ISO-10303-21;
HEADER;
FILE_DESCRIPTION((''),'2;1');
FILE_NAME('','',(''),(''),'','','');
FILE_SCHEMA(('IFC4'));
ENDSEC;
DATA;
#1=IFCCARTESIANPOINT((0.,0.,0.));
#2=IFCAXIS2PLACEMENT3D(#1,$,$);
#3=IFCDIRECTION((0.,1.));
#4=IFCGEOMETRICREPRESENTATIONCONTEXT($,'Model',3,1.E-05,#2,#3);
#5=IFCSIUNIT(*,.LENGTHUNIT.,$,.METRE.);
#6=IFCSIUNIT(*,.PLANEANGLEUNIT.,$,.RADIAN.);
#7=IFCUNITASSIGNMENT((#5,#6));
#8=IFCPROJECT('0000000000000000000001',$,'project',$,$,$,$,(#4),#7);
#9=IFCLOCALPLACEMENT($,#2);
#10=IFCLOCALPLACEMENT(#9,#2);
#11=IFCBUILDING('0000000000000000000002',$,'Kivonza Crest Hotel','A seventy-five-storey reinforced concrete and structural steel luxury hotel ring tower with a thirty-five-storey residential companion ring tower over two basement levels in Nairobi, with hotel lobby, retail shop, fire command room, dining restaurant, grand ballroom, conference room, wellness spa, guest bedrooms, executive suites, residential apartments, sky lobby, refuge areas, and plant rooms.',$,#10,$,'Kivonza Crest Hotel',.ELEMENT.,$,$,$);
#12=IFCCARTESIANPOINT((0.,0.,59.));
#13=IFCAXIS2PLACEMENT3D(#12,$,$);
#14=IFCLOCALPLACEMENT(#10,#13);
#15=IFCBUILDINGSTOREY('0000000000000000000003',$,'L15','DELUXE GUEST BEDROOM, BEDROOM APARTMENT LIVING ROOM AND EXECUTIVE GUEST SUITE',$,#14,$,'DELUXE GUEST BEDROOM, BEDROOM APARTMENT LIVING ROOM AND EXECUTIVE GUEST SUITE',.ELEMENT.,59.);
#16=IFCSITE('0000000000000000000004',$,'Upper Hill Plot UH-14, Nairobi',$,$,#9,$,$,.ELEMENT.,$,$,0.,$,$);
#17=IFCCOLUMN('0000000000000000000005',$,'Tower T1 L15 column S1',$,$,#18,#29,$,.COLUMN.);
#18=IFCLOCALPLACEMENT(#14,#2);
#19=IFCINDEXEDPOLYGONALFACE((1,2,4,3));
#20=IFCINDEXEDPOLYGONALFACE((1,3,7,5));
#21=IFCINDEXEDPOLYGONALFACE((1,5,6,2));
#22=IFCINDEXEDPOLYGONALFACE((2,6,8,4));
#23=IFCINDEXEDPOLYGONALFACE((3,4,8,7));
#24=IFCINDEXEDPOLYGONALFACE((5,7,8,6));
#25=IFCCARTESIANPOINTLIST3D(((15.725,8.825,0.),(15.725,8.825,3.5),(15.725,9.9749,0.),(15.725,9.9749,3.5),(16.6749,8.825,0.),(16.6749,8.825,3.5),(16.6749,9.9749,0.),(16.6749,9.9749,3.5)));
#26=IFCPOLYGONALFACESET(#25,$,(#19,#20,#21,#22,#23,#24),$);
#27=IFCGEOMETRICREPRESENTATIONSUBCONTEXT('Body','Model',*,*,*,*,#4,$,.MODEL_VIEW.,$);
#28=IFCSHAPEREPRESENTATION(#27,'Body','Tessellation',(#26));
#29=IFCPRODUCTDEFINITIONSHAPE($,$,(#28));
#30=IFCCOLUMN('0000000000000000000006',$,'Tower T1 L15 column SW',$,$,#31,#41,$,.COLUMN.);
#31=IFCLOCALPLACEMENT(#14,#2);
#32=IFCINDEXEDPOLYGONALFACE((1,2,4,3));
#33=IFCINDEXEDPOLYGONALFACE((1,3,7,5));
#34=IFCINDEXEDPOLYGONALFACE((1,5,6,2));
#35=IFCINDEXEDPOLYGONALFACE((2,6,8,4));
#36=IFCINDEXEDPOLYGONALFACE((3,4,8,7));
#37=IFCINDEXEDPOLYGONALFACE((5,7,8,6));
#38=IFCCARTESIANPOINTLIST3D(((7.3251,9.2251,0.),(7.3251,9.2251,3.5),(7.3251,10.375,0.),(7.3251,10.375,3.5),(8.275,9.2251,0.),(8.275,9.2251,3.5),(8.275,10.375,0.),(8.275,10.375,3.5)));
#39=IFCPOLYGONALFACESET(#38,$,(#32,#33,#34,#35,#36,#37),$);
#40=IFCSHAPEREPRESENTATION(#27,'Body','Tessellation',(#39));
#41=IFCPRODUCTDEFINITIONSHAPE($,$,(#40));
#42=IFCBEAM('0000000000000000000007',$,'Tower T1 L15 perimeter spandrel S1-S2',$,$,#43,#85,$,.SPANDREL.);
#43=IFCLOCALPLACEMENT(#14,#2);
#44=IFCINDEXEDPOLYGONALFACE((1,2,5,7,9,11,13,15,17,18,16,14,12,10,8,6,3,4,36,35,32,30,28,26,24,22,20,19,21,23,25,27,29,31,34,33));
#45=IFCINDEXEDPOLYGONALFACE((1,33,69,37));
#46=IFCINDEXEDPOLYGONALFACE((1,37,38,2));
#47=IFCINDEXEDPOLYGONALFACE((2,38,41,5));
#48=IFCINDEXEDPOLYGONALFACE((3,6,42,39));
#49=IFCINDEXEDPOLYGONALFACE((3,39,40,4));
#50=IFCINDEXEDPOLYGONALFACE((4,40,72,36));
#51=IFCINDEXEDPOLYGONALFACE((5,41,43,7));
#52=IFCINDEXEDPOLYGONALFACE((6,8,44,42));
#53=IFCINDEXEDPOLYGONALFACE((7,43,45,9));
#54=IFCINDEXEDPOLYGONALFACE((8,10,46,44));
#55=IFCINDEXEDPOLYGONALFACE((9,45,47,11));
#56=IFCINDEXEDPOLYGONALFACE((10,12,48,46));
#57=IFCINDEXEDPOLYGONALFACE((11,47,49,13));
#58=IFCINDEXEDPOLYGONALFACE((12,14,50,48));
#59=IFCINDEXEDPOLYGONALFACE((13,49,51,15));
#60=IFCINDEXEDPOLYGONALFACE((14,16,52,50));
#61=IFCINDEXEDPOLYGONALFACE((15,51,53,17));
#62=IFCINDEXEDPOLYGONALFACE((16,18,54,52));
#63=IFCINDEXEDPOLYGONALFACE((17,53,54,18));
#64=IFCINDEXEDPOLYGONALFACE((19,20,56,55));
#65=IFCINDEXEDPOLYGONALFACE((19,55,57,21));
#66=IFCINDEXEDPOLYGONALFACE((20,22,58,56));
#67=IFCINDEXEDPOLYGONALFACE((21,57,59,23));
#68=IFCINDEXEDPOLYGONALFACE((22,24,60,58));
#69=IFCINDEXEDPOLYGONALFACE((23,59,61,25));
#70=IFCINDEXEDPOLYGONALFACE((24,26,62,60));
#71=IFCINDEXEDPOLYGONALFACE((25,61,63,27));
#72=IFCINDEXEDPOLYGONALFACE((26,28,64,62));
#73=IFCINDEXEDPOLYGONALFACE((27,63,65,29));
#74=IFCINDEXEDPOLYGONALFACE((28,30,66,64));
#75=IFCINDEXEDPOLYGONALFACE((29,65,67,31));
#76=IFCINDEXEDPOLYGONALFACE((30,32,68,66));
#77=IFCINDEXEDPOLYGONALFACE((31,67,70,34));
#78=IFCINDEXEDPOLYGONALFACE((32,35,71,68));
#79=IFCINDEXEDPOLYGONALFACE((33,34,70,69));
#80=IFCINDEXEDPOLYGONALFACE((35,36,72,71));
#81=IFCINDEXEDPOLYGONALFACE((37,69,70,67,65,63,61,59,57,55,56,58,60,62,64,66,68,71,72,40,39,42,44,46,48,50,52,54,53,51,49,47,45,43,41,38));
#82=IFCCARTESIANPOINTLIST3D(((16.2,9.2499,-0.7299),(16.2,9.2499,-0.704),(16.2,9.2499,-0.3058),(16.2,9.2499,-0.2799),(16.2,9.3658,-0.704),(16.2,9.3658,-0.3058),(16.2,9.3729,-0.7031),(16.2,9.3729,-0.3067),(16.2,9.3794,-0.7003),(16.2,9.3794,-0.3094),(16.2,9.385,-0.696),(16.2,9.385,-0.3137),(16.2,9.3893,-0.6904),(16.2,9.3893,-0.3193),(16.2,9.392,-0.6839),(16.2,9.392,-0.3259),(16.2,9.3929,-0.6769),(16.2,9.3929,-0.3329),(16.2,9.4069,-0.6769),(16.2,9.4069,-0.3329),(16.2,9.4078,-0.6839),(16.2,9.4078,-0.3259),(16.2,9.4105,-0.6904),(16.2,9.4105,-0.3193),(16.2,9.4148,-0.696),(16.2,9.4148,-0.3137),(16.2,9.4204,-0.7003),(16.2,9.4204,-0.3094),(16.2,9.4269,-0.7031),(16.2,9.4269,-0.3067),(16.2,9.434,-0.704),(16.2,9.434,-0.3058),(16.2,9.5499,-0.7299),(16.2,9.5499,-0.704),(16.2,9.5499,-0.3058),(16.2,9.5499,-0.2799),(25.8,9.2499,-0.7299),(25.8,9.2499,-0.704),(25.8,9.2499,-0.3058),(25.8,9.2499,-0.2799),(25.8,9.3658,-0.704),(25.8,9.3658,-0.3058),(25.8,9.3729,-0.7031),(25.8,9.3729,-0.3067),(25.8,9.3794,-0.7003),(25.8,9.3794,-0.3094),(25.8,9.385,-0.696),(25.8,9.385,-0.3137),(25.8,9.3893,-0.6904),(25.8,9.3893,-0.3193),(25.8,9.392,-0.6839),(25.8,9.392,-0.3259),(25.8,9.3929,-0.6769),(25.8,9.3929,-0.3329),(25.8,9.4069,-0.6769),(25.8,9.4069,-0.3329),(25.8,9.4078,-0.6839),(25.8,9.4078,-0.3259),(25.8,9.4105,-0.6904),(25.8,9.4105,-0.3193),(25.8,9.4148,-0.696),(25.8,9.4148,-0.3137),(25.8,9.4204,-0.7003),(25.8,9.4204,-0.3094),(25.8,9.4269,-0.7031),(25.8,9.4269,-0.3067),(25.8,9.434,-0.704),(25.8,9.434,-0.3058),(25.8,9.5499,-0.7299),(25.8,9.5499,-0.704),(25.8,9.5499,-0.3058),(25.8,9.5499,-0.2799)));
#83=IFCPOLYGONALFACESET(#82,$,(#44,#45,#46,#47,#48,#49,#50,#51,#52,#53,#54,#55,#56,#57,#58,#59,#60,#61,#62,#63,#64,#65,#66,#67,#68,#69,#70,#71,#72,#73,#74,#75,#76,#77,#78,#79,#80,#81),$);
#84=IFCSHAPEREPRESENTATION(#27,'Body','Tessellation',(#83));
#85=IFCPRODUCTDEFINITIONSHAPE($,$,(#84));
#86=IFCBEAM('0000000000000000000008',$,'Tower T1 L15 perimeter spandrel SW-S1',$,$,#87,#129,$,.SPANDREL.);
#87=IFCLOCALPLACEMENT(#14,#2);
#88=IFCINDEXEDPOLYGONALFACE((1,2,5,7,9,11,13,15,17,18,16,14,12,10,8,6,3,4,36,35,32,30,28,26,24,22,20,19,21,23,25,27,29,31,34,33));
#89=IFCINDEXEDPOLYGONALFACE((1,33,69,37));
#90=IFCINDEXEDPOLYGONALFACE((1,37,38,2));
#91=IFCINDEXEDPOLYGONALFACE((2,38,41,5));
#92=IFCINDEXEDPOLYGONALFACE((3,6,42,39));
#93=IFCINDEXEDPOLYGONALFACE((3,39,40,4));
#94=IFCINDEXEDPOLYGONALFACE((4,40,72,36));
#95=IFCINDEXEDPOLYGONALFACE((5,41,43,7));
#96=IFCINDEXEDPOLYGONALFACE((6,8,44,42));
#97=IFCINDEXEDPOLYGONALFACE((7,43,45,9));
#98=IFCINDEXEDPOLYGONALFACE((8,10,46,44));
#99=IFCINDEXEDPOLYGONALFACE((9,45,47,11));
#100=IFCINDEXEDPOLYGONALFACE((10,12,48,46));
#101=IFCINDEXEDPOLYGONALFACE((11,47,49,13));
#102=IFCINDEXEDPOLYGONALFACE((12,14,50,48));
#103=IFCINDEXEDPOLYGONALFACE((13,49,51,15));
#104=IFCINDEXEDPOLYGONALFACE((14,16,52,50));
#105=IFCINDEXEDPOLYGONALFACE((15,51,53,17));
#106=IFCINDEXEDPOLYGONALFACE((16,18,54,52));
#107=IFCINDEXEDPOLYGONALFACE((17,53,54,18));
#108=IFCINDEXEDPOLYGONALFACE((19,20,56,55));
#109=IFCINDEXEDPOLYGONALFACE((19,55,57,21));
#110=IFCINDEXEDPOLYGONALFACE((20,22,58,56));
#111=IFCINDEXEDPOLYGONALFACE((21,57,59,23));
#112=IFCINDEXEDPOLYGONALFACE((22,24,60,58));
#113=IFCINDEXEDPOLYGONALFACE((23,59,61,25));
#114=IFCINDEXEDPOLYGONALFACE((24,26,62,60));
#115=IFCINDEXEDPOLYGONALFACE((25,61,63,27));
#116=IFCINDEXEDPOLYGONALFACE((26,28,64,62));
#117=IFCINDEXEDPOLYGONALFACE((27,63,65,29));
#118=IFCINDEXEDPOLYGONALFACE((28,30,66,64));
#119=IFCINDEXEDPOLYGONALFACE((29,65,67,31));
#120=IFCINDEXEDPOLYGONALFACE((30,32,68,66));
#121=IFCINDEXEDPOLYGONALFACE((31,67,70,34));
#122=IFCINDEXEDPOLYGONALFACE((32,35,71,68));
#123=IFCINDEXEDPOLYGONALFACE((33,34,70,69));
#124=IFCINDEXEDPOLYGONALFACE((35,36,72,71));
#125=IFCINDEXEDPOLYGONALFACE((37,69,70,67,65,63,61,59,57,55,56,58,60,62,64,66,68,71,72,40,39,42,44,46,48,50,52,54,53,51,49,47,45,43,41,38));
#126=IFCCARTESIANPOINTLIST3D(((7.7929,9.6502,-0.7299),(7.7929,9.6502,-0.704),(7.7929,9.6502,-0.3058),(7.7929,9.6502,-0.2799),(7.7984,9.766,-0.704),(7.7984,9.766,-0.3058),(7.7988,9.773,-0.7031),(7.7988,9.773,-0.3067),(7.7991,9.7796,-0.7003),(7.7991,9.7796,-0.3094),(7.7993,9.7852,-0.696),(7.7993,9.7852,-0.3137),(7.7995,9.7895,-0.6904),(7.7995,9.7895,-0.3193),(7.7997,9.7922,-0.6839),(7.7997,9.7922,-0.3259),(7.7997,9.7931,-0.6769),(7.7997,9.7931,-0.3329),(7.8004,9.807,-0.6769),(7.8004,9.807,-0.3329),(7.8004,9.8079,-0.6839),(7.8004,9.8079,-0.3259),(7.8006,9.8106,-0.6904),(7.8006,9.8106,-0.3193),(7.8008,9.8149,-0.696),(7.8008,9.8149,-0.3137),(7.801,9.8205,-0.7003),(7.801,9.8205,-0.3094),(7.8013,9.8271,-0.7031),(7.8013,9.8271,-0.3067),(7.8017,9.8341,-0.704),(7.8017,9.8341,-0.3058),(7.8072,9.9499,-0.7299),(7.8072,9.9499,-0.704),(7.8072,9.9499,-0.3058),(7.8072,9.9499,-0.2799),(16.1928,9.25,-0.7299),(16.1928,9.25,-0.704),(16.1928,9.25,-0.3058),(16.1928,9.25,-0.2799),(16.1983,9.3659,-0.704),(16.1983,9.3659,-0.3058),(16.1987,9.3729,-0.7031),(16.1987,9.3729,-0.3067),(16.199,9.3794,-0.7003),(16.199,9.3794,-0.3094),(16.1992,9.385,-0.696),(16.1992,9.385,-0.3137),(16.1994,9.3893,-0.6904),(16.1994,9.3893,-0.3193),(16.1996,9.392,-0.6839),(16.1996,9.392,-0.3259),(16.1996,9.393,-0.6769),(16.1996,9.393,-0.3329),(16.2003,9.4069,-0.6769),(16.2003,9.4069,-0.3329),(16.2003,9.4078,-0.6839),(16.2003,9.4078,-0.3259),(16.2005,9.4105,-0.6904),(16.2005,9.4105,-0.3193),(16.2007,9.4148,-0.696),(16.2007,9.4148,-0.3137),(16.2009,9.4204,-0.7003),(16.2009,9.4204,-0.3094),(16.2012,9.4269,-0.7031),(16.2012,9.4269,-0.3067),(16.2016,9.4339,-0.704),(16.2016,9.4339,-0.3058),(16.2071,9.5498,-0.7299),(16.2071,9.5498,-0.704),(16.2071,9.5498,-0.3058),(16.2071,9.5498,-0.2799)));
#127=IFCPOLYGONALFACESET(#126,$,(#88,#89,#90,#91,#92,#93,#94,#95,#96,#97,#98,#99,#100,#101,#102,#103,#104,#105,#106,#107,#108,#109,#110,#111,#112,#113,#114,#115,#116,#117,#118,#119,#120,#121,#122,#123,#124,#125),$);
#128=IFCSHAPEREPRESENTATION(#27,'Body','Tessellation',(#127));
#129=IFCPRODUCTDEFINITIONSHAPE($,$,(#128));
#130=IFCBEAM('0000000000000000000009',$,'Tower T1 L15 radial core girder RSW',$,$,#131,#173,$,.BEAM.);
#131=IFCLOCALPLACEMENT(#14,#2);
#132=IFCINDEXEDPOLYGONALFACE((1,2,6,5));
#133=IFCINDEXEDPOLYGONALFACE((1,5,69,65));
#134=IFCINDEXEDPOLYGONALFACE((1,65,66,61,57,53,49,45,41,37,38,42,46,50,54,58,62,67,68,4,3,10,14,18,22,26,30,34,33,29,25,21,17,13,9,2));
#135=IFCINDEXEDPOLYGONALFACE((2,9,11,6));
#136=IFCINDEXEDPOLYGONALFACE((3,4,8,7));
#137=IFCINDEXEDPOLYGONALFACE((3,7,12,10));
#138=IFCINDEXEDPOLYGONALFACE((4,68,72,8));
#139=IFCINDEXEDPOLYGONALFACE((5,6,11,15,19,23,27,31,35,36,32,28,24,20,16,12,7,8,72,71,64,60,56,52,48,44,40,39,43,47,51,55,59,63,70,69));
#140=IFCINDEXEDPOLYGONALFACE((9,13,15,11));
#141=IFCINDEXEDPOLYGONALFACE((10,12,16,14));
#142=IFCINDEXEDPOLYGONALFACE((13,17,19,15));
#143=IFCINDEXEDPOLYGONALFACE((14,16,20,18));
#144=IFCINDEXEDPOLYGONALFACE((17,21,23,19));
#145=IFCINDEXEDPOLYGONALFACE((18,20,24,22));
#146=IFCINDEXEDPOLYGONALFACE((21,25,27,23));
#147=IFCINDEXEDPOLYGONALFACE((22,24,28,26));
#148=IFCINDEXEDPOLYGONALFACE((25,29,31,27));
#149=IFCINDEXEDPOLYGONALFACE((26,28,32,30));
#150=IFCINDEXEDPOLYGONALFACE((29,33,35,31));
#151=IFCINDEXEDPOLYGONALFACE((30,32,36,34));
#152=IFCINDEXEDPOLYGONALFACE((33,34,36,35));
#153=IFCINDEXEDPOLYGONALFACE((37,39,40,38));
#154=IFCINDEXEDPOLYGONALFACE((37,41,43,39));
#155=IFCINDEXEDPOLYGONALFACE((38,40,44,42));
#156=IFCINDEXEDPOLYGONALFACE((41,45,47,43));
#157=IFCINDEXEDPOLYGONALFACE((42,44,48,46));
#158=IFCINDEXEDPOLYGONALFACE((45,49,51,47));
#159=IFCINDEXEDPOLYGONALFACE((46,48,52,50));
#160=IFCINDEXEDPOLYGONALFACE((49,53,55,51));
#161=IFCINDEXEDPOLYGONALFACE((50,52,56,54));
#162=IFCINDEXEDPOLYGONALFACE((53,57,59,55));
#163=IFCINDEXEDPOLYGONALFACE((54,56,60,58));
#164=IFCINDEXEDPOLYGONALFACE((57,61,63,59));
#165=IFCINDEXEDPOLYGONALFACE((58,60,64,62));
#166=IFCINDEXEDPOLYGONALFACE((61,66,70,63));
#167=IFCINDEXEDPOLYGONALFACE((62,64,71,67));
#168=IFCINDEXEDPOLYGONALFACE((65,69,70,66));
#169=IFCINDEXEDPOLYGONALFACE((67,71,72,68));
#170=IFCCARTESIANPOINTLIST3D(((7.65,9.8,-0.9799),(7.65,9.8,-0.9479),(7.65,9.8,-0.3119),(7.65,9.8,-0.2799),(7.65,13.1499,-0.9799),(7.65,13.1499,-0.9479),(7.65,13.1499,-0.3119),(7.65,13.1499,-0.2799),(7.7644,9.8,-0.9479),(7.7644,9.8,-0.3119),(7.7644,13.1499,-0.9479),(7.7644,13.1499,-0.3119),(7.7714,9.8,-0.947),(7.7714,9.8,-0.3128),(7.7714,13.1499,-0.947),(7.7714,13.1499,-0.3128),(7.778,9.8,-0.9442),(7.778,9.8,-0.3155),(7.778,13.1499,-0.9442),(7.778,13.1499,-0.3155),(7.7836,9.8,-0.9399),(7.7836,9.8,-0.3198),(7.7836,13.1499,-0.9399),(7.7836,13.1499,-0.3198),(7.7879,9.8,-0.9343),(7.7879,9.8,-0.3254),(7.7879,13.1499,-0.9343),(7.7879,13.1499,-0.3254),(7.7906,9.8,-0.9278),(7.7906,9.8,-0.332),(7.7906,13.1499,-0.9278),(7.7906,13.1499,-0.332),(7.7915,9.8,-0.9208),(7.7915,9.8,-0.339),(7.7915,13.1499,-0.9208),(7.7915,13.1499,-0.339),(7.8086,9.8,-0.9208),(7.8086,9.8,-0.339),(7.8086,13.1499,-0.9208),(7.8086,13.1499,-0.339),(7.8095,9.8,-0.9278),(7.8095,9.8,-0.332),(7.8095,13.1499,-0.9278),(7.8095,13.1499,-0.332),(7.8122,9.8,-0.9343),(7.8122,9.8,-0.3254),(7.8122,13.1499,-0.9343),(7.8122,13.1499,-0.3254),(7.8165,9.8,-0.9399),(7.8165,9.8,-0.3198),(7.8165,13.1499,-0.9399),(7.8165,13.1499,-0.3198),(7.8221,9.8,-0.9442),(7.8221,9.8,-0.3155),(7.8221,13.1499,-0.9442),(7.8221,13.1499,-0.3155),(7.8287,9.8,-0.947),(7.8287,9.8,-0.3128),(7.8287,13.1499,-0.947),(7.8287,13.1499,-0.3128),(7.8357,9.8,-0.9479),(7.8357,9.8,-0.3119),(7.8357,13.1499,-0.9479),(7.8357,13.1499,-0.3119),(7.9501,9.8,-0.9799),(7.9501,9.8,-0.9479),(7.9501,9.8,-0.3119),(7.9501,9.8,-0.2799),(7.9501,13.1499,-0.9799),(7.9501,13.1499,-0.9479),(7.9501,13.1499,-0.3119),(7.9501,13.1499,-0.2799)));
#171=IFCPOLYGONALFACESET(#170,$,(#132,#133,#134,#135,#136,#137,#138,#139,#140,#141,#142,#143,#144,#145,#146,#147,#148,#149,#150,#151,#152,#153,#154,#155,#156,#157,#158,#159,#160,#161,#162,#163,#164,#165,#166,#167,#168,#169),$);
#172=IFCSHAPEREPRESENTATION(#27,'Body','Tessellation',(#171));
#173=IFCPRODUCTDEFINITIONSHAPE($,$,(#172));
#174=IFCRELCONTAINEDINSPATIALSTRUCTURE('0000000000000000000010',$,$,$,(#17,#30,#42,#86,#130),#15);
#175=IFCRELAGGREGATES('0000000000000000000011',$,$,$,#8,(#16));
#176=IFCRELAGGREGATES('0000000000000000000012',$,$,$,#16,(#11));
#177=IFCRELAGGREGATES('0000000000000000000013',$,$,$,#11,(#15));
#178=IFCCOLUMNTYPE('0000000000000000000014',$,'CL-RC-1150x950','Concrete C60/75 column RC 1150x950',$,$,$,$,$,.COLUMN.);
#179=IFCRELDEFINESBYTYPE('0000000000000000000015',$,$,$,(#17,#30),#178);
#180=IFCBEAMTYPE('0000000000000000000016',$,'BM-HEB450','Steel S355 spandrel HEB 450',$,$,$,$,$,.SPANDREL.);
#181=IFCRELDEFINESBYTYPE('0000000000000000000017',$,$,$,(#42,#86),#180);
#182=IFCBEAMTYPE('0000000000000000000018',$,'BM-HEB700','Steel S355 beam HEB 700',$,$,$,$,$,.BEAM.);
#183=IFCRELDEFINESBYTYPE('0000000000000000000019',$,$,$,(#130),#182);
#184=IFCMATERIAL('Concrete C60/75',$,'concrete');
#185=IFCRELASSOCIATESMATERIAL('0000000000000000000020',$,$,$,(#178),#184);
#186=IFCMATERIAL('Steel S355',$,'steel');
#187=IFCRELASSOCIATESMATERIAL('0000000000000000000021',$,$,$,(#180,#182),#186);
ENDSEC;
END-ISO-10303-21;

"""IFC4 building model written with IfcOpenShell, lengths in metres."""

from ifc_helpers import new_model, si_unit, direction, frame, origin, origin_2d, place, context, subcontext, project, spatial, rectangle, i_section, extrude, material, material_profile, profile_set, type_object, element, save


model = new_model("IFC4")

# Units and contexts
model_context = context("Model", 3, precision=1e-05, world=origin(), true_north=direction((0.0, 1.0)))
body_context = subcontext(model_context, "Body", "Model", "MODEL_VIEW")
ifc_project = project(units=[si_unit("LENGTHUNIT", "METRE"), si_unit("PLANEANGLEUNIT", "RADIAN")], contexts=[model_context])

# Site, building, storey
site_placement = place(None, origin())
site = spatial("IfcSite", under=ifc_project, at=site_placement, Name="Upper Hill Plot UH-14, Nairobi", CompositionType="ELEMENT", RefElevation=0.0)
building_placement = place(site_placement, origin())
building = spatial("IfcBuilding", under=site, at=building_placement, Name="Kivonza Crest Hotel", Description="A seventy-five-storey reinforced concrete and structural steel luxury hotel ring tower with a thirty-five-storey residential companion ring tower over two basement levels in Nairobi, with hotel lobby, retail shop, fire command room, dining restaurant, grand ballroom, conference room, wellness spa, guest bedrooms, executive suites, residential apartments, sky lobby, refuge areas, and plant rooms.", LongName="Kivonza Crest Hotel", CompositionType="ELEMENT")
storey_placement = place(building_placement, frame((0.0, 0.0, 59.0)))
storey = spatial("IfcBuildingStorey", under=building, at=storey_placement, Name="L15", Description="DELUXE GUEST BEDROOM, BEDROOM APARTMENT LIVING ROOM AND EXECUTIVE GUEST SUITE", LongName="DELUXE GUEST BEDROOM, BEDROOM APARTMENT LIVING ROOM AND EXECUTIVE GUEST SUITE", CompositionType="ELEMENT", Elevation=59.0)

# Columns
ifc_material_1 = material(Name="Concrete C60/75", Category="concrete")
ifc_material_profile_1 = material_profile(ifc_material_1, rectangle(XDim=0.95, YDim=1.1499, at=origin_2d()), Name="RC 1150x950")
ifc_profile_set_1 = profile_set([ifc_material_profile_1], Name="Concrete C60/75")
column_type = type_object("IfcColumnType", Name="CL-RC-1150x950", Description="Concrete C60/75 column RC 1150x950", PredefinedType="COLUMN", material=ifc_profile_set_1)
for number, where, z_axis, x_axis, name in (
    (1, (16.2, 9.3999, 0.0), (0.0, 0.0, 1.0), (1.0, 0.0, 0.0), "Tower T1 L15 column S1"),
    (2, (7.8, 9.8, 0.0), (0.0, 0.0, 1.0), (1.0, 0.0, 0.0), "Tower T1 L15 column SW"),
):
    element("IfcColumn", number, at=place(storey_placement, frame(where, z_axis=z_axis, x_axis=x_axis)), inside=storey, type_object=column_type, Name=name, PredefinedType="COLUMN", context=body_context, shape_type="SweptSolid", body=[
        extrude(rectangle(XDim=0.95, YDim=1.1499, at=origin_2d()), origin(), (0.0, 0.0, 1.0), 3.5),
    ])

# Beams
ifc_material_2 = material(Name="Steel S355", Category="steel")
ifc_material_profile_2 = material_profile(ifc_material_2, i_section(OverallWidth=0.3, OverallDepth=0.45, WebThickness=0.0139, FlangeThickness=0.0259, FilletRadius=0.0271, at=origin_2d()), Name="HEB 450")
ifc_profile_set_2 = profile_set([ifc_material_profile_2], Name="Steel S355")
beam_type_1 = type_object("IfcBeamType", Name="BM-HEB450", Description="Steel S355 spandrel HEB 450", PredefinedType="SPANDREL", material=ifc_profile_set_2)
beam_1_placement = place(storey_placement, frame((16.2, 9.3999, -0.5049), z_axis=(1.0, 0.0, 0.0), x_axis=(0.0, 1.0, 0.0)))
element("IfcBeam", 3, at=beam_1_placement, inside=storey, type_object=beam_type_1, Name="Tower T1 L15 perimeter spandrel S1-S2", PredefinedType="SPANDREL", context=body_context, shape_type="SweptSolid", body=[
    extrude(i_section(OverallWidth=0.3, OverallDepth=0.45, WebThickness=0.0139, FlangeThickness=0.0259, FilletRadius=0.0271, at=origin_2d()), origin(), (0.0, 0.0, 1.0), 9.6001),
])
beam_2_placement = place(storey_placement, frame((7.8, 9.8, -0.5049), z_axis=(0.998867, -0.047583, 0.0), x_axis=(0.047583, 0.998867, 0.0)))
element("IfcBeam", 4, at=beam_2_placement, inside=storey, type_object=beam_type_1, Name="Tower T1 L15 perimeter spandrel SW-S1", PredefinedType="SPANDREL", context=body_context, shape_type="SweptSolid", body=[
    extrude(i_section(OverallWidth=0.3, OverallDepth=0.45, WebThickness=0.0139, FlangeThickness=0.0259, FilletRadius=0.0271, at=origin_2d()), origin(), (0.0, 0.0, 1.0), 8.4094),
])
ifc_material_profile_3 = material_profile(ifc_material_2, i_section(OverallWidth=0.3, OverallDepth=0.7, WebThickness=0.0171, FlangeThickness=0.032, FilletRadius=0.0271, at=origin_2d()), Name="HEB 700")
ifc_profile_set_3 = profile_set([ifc_material_profile_3], Name="Steel S355")
beam_type_2 = type_object("IfcBeamType", Name="BM-HEB700", Description="Steel S355 beam HEB 700", PredefinedType="BEAM", material=ifc_profile_set_3)
beam_3_placement = place(storey_placement, frame((7.8, 9.8, -0.6299), z_axis=(0.0, 1.0, 0.0), x_axis=(-1.0, 0.0, 0.0)))
element("IfcBeam", 5, at=beam_3_placement, inside=storey, type_object=beam_type_2, Name="Tower T1 L15 radial core girder RSW", PredefinedType="BEAM", context=body_context, shape_type="SweptSolid", body=[
    extrude(i_section(OverallWidth=0.3, OverallDepth=0.7, WebThickness=0.0171, FlangeThickness=0.032, FilletRadius=0.0271, at=origin_2d()), origin(), (0.0, 0.0, 1.0), 3.3499),
])

save(model, "model.ifc")
